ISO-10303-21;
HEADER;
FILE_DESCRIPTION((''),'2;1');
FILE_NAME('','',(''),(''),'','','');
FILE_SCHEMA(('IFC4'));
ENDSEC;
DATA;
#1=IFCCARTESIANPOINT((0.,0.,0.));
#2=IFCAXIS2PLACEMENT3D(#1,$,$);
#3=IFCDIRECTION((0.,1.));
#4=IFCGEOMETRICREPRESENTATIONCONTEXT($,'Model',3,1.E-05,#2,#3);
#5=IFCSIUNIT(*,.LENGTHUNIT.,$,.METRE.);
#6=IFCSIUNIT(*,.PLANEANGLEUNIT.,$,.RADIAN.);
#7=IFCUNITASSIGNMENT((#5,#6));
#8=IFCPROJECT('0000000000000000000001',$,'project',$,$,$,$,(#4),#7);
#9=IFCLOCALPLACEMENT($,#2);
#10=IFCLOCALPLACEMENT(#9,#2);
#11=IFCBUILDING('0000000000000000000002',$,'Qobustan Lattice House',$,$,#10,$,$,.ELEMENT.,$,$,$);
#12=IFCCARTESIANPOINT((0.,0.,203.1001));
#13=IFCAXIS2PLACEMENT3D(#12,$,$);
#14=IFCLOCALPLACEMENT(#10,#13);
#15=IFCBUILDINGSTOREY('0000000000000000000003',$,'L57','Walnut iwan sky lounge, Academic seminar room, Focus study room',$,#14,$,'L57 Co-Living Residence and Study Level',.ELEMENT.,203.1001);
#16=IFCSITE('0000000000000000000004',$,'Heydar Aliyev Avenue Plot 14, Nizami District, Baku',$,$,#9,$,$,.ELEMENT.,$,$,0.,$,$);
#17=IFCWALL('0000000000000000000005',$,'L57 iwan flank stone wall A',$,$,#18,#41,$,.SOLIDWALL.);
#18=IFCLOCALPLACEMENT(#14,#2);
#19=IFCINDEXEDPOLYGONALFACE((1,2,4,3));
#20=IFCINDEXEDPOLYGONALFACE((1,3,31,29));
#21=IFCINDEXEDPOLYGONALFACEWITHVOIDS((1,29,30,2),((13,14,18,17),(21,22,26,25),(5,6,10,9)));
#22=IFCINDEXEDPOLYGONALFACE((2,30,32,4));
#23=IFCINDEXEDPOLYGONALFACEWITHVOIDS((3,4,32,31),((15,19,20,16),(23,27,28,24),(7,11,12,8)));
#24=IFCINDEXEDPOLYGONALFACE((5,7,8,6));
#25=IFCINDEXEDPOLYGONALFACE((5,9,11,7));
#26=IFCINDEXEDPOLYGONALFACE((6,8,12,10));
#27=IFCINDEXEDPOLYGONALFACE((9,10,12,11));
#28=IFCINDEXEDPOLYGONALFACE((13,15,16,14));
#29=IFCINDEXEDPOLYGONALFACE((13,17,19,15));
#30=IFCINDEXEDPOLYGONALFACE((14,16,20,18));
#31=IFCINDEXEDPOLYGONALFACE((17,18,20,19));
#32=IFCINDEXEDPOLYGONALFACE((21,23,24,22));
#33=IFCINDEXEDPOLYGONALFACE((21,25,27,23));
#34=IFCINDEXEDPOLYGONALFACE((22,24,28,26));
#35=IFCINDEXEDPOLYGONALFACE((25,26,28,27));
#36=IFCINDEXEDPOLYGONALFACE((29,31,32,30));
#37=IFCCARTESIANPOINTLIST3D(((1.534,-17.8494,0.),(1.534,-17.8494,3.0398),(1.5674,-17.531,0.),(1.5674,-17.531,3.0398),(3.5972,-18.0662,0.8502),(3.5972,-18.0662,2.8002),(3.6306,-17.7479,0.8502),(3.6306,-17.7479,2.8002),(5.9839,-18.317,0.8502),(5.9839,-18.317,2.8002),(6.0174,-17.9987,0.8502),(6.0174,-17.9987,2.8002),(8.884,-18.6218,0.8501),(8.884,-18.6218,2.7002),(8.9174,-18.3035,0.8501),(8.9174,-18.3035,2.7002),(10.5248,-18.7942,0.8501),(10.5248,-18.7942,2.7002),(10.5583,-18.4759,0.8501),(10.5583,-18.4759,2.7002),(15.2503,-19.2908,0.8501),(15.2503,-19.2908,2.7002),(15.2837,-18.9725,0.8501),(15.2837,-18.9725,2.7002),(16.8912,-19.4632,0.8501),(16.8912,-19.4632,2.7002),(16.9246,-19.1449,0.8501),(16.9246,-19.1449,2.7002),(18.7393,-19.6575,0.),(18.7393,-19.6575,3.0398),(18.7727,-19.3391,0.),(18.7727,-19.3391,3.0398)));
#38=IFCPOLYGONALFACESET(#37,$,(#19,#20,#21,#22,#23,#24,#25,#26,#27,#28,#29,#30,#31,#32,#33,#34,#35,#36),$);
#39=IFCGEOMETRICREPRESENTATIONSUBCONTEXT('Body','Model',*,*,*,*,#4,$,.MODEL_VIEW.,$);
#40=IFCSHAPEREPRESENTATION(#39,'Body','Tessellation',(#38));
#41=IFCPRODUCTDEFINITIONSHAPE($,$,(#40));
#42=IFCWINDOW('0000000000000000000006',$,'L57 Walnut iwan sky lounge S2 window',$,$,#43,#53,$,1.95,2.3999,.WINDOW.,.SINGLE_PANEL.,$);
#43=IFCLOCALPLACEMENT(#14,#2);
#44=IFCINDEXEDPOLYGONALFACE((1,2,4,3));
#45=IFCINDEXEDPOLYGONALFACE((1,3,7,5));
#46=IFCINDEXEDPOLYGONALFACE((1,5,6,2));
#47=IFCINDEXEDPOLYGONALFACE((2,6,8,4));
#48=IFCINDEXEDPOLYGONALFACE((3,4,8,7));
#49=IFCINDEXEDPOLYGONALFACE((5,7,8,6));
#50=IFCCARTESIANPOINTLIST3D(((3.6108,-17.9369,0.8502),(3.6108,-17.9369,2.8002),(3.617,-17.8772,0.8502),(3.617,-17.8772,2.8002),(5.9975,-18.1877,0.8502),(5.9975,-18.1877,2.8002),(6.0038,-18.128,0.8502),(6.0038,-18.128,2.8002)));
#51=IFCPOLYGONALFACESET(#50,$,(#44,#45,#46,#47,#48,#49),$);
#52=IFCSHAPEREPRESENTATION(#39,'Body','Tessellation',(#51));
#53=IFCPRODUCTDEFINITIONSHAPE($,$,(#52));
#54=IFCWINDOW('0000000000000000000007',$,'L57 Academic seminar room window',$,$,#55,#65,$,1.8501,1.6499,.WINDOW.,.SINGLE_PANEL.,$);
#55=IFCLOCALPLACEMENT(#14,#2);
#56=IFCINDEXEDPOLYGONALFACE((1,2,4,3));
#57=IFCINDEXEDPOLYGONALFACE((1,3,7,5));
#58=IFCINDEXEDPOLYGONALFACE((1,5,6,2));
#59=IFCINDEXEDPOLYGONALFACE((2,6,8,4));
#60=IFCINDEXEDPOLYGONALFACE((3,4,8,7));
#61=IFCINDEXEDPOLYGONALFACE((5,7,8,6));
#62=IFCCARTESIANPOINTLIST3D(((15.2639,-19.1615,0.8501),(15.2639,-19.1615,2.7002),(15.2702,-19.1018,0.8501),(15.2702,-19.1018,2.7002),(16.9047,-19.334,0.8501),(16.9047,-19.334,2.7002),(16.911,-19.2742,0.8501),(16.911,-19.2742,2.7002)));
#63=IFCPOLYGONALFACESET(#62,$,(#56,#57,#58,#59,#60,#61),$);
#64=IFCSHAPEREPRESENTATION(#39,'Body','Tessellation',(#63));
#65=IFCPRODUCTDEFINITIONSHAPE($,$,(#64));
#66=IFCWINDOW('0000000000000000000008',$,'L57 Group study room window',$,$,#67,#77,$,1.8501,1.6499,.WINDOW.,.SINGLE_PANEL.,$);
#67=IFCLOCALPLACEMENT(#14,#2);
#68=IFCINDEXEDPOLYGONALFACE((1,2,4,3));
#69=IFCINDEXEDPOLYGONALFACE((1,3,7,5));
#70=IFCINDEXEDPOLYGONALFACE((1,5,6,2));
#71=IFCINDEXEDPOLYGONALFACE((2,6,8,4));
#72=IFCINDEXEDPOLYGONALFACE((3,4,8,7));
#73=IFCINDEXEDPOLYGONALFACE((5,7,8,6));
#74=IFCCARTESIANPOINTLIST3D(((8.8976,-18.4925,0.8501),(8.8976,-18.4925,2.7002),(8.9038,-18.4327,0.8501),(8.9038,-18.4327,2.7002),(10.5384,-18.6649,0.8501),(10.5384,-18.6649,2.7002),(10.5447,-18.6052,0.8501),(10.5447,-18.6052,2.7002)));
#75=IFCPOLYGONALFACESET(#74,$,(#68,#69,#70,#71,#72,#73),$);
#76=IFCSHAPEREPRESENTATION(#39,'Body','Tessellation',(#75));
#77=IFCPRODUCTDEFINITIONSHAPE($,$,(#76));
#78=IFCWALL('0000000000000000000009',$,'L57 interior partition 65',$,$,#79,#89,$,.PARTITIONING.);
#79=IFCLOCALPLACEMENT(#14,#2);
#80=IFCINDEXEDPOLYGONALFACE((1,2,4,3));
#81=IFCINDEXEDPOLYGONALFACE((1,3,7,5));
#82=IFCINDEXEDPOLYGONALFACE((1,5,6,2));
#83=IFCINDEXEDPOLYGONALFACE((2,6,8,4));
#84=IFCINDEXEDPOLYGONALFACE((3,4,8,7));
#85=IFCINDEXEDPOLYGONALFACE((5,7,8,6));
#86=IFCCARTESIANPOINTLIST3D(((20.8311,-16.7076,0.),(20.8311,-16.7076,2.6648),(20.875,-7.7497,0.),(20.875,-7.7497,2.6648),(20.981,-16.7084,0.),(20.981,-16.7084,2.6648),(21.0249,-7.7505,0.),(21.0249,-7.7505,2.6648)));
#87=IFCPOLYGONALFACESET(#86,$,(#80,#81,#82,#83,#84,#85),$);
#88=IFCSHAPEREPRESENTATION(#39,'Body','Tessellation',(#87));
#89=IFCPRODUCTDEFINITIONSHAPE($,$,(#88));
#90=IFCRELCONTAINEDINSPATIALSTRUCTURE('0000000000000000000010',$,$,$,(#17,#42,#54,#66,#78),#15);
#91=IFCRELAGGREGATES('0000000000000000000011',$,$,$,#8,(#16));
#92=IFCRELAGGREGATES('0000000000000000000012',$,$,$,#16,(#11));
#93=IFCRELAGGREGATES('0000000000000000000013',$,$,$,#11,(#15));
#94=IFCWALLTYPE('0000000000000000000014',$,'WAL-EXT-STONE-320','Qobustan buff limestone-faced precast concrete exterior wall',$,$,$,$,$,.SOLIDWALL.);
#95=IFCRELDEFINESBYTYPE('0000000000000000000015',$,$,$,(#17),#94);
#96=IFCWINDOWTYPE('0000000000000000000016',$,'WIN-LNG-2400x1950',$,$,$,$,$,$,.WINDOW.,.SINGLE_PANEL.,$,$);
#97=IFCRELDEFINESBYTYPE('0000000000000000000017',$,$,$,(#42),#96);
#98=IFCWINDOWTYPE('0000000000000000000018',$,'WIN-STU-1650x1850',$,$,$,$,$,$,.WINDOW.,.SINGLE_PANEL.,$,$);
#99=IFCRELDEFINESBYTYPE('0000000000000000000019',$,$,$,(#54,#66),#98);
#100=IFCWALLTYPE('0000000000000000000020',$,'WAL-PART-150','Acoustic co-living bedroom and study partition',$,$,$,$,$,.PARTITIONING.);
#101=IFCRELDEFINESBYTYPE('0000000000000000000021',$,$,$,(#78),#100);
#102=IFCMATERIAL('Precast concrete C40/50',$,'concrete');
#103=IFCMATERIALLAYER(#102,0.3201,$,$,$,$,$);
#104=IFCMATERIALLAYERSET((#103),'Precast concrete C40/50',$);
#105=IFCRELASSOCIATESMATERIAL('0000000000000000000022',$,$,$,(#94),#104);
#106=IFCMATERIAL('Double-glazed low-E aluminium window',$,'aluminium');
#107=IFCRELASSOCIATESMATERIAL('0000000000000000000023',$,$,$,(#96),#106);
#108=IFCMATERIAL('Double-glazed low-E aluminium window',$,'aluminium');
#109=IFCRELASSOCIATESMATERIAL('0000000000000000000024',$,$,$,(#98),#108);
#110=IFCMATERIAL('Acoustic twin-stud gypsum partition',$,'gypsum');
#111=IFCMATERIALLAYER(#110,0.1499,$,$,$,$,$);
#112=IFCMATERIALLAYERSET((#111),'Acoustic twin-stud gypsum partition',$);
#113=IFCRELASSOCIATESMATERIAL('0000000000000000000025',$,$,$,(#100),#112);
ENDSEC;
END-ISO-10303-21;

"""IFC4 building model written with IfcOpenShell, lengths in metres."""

from ifc_helpers import new_model, si_unit, direction, frame, frame_2d, origin, place, context, subcontext, project, spatial, rectangle, extrude, material, layer, layer_set, type_object, element, fill, save


model = new_model("IFC4")

# Units and contexts
model_context = context("Model", 3, precision=1e-05, world=origin(), true_north=direction((0.0, 1.0)))
body_context = subcontext(model_context, "Body", "Model", "MODEL_VIEW")
ifc_project = project(units=[si_unit("LENGTHUNIT", "METRE"), si_unit("PLANEANGLEUNIT", "RADIAN")], contexts=[model_context])

# Site, building, storey
site_placement = place(None, origin())
site = spatial("IfcSite", under=ifc_project, at=site_placement, Name="Heydar Aliyev Avenue Plot 14, Nizami District, Baku", CompositionType="ELEMENT", RefElevation=0.0)
building_placement = place(site_placement, origin())
building = spatial("IfcBuilding", under=site, at=building_placement, Name="Qobustan Lattice House", CompositionType="ELEMENT")
storey_placement = place(building_placement, frame((0.0, 0.0, 203.1001)))
storey = spatial("IfcBuildingStorey", under=building, at=storey_placement, Name="L57", Description="Walnut iwan sky lounge, Academic seminar room, Focus study room", LongName="L57 Co-Living Residence and Study Level", CompositionType="ELEMENT", Elevation=203.1001)

# Shared definitions
ifc_material_1 = material(Name="Precast concrete C40/50", Category="concrete")
ifc_layer_1 = layer(ifc_material_1, 0.3201)
ifc_layer_set_1 = layer_set([ifc_layer_1], Name="Precast concrete C40/50")
wall_type_1 = type_object("IfcWallType", Name="WAL-EXT-STONE-320", Description="Qobustan buff limestone-faced precast concrete exterior wall", PredefinedType="SOLIDWALL", material=ifc_layer_set_1)

# Wall, openings, windows
wall_1_placement = place(storey_placement, frame((18.7559, -19.4983, 0.0), z_axis=(0.0, 0.0, 1.0), x_axis=(-0.994523, 0.104514, 0.0)))
wall_1 = element("IfcWall", 1, at=wall_1_placement, inside=storey, type_object=wall_type_1, Name="L57 iwan flank stone wall A", PredefinedType="SOLIDWALL", context=body_context, shape_type="SweptSolid", body=[
    extrude(rectangle(XDim=17.3, YDim=0.3201, at=frame_2d((8.6499, 0.0))), origin(), (0.0, 0.0, 1.0), 3.0398),
])
opening_1_placement = place(wall_1_placement, frame((1.8582, 0.0, 0.8501)))
opening_1 = element("IfcOpeningElement", 2, at=opening_1_placement, cuts=wall_1, PredefinedType="OPENING", context=body_context, shape_type="SweptSolid", body=[
    extrude(rectangle(XDim=1.6499, YDim=1.8501, at=frame_2d((0.825, 0.925))), frame((0.0, 0.1699, 0.0), z_axis=(0.0, -1.0, 0.0), x_axis=(1.0, 0.0, 0.0)), (0.0, 0.0, 1.0), 0.3401),
])
opening_2_placement = place(wall_1_placement, frame((8.2595, 0.0, 0.8501)))
opening_2 = element("IfcOpeningElement", 3, at=opening_2_placement, cuts=wall_1, PredefinedType="OPENING", context=body_context, shape_type="SweptSolid", body=[
    extrude(rectangle(XDim=1.6499, YDim=1.8501, at=frame_2d((0.825, 0.925))), frame((0.0, 0.1699, 0.0), z_axis=(0.0, -1.0, 0.0), x_axis=(1.0, 0.0, 0.0)), (0.0, 0.0, 1.0), 0.3401),
])
opening_3_placement = place(wall_1_placement, frame((12.8254, 0.0, 0.8501)))
opening_3 = element("IfcOpeningElement", 4, at=opening_3_placement, cuts=wall_1, PredefinedType="OPENING", context=body_context, shape_type="SweptSolid", body=[
    extrude(rectangle(XDim=2.3999, YDim=1.95, at=frame_2d((1.2, 0.9751))), frame((0.0, 0.1699, 0.0), z_axis=(0.0, -1.0, 0.0), x_axis=(1.0, 0.0, 0.0)), (0.0, 0.0, 1.0), 0.3401),
])
ifc_material_2 = material(Name="Double-glazed low-E aluminium window", Category="aluminium")
window_type_1 = type_object("IfcWindowType", Name="WIN-LNG-2400x1950", PartitioningType="SINGLE_PANEL", PredefinedType="WINDOW", material=ifc_material_2)
window_1_placement = place(opening_3_placement, origin())
window_1 = element("IfcWindow", 5, at=window_1_placement, inside=storey, type_object=window_type_1, Name="L57 Walnut iwan sky lounge S2 window", OverallHeight=1.95, OverallWidth=2.3999, PartitioningType="SINGLE_PANEL", PredefinedType="WINDOW", context=body_context, shape_type="SweptSolid", body=[
    extrude(rectangle(XDim=2.3999, YDim=1.95, at=frame_2d((1.2, 0.9751))), frame((0.0, 0.03, 0.0), z_axis=(0.0, -1.0, 0.0), x_axis=(1.0, 0.0, 0.0)), (0.0, 0.0, 1.0), 0.0601),
])
fill(opening_3, window_1)
ifc_material_3 = material(Name="Double-glazed low-E aluminium window", Category="aluminium")
window_type_2 = type_object("IfcWindowType", Name="WIN-STU-1650x1850", PartitioningType="SINGLE_PANEL", PredefinedType="WINDOW", material=ifc_material_3)
window_2_placement = place(opening_1_placement, origin())
window_2 = element("IfcWindow", 6, at=window_2_placement, inside=storey, type_object=window_type_2, Name="L57 Academic seminar room window", OverallHeight=1.8501, OverallWidth=1.6499, PartitioningType="SINGLE_PANEL", PredefinedType="WINDOW", context=body_context, shape_type="SweptSolid", body=[
    extrude(rectangle(XDim=1.6499, YDim=1.8501, at=frame_2d((0.825, 0.925))), frame((0.0, 0.03, 0.0), z_axis=(0.0, -1.0, 0.0), x_axis=(1.0, 0.0, 0.0)), (0.0, 0.0, 1.0), 0.0601),
])
fill(opening_1, window_2)
window_3_placement = place(opening_2_placement, origin())
window_3 = element("IfcWindow", 7, at=window_3_placement, inside=storey, type_object=window_type_2, Name="L57 Group study room window", OverallHeight=1.8501, OverallWidth=1.6499, PartitioningType="SINGLE_PANEL", PredefinedType="WINDOW", context=body_context, shape_type="SweptSolid", body=[
    extrude(rectangle(XDim=1.6499, YDim=1.8501, at=frame_2d((0.825, 0.925))), frame((0.0, 0.03, 0.0), z_axis=(0.0, -1.0, 0.0), x_axis=(1.0, 0.0, 0.0)), (0.0, 0.0, 1.0), 0.0601),
])
fill(opening_2, window_3)

# Wall
ifc_material_4 = material(Name="Acoustic twin-stud gypsum partition", Category="gypsum")
ifc_layer_2 = layer(ifc_material_4, 0.1499)
ifc_layer_set_2 = layer_set([ifc_layer_2], Name="Acoustic twin-stud gypsum partition")
wall_type_2 = type_object("IfcWallType", Name="WAL-PART-150", Description="Acoustic co-living bedroom and study partition", PredefinedType="PARTITIONING", material=ifc_layer_set_2)
wall_2_placement = place(storey_placement, frame((20.906, -16.708, 0.0), z_axis=(0.0, 0.0, 1.0), x_axis=(0.004906, 0.999988, 0.0)))
element("IfcWall", 8, at=wall_2_placement, inside=storey, type_object=wall_type_2, Name="L57 interior partition 65", PredefinedType="PARTITIONING", context=body_context, shape_type="SweptSolid", body=[
    extrude(rectangle(XDim=8.958, YDim=0.1499, at=frame_2d((4.479, 0.0))), origin(), (0.0, 0.0, 1.0), 2.6648),
])

save(model, "model.ifc")
